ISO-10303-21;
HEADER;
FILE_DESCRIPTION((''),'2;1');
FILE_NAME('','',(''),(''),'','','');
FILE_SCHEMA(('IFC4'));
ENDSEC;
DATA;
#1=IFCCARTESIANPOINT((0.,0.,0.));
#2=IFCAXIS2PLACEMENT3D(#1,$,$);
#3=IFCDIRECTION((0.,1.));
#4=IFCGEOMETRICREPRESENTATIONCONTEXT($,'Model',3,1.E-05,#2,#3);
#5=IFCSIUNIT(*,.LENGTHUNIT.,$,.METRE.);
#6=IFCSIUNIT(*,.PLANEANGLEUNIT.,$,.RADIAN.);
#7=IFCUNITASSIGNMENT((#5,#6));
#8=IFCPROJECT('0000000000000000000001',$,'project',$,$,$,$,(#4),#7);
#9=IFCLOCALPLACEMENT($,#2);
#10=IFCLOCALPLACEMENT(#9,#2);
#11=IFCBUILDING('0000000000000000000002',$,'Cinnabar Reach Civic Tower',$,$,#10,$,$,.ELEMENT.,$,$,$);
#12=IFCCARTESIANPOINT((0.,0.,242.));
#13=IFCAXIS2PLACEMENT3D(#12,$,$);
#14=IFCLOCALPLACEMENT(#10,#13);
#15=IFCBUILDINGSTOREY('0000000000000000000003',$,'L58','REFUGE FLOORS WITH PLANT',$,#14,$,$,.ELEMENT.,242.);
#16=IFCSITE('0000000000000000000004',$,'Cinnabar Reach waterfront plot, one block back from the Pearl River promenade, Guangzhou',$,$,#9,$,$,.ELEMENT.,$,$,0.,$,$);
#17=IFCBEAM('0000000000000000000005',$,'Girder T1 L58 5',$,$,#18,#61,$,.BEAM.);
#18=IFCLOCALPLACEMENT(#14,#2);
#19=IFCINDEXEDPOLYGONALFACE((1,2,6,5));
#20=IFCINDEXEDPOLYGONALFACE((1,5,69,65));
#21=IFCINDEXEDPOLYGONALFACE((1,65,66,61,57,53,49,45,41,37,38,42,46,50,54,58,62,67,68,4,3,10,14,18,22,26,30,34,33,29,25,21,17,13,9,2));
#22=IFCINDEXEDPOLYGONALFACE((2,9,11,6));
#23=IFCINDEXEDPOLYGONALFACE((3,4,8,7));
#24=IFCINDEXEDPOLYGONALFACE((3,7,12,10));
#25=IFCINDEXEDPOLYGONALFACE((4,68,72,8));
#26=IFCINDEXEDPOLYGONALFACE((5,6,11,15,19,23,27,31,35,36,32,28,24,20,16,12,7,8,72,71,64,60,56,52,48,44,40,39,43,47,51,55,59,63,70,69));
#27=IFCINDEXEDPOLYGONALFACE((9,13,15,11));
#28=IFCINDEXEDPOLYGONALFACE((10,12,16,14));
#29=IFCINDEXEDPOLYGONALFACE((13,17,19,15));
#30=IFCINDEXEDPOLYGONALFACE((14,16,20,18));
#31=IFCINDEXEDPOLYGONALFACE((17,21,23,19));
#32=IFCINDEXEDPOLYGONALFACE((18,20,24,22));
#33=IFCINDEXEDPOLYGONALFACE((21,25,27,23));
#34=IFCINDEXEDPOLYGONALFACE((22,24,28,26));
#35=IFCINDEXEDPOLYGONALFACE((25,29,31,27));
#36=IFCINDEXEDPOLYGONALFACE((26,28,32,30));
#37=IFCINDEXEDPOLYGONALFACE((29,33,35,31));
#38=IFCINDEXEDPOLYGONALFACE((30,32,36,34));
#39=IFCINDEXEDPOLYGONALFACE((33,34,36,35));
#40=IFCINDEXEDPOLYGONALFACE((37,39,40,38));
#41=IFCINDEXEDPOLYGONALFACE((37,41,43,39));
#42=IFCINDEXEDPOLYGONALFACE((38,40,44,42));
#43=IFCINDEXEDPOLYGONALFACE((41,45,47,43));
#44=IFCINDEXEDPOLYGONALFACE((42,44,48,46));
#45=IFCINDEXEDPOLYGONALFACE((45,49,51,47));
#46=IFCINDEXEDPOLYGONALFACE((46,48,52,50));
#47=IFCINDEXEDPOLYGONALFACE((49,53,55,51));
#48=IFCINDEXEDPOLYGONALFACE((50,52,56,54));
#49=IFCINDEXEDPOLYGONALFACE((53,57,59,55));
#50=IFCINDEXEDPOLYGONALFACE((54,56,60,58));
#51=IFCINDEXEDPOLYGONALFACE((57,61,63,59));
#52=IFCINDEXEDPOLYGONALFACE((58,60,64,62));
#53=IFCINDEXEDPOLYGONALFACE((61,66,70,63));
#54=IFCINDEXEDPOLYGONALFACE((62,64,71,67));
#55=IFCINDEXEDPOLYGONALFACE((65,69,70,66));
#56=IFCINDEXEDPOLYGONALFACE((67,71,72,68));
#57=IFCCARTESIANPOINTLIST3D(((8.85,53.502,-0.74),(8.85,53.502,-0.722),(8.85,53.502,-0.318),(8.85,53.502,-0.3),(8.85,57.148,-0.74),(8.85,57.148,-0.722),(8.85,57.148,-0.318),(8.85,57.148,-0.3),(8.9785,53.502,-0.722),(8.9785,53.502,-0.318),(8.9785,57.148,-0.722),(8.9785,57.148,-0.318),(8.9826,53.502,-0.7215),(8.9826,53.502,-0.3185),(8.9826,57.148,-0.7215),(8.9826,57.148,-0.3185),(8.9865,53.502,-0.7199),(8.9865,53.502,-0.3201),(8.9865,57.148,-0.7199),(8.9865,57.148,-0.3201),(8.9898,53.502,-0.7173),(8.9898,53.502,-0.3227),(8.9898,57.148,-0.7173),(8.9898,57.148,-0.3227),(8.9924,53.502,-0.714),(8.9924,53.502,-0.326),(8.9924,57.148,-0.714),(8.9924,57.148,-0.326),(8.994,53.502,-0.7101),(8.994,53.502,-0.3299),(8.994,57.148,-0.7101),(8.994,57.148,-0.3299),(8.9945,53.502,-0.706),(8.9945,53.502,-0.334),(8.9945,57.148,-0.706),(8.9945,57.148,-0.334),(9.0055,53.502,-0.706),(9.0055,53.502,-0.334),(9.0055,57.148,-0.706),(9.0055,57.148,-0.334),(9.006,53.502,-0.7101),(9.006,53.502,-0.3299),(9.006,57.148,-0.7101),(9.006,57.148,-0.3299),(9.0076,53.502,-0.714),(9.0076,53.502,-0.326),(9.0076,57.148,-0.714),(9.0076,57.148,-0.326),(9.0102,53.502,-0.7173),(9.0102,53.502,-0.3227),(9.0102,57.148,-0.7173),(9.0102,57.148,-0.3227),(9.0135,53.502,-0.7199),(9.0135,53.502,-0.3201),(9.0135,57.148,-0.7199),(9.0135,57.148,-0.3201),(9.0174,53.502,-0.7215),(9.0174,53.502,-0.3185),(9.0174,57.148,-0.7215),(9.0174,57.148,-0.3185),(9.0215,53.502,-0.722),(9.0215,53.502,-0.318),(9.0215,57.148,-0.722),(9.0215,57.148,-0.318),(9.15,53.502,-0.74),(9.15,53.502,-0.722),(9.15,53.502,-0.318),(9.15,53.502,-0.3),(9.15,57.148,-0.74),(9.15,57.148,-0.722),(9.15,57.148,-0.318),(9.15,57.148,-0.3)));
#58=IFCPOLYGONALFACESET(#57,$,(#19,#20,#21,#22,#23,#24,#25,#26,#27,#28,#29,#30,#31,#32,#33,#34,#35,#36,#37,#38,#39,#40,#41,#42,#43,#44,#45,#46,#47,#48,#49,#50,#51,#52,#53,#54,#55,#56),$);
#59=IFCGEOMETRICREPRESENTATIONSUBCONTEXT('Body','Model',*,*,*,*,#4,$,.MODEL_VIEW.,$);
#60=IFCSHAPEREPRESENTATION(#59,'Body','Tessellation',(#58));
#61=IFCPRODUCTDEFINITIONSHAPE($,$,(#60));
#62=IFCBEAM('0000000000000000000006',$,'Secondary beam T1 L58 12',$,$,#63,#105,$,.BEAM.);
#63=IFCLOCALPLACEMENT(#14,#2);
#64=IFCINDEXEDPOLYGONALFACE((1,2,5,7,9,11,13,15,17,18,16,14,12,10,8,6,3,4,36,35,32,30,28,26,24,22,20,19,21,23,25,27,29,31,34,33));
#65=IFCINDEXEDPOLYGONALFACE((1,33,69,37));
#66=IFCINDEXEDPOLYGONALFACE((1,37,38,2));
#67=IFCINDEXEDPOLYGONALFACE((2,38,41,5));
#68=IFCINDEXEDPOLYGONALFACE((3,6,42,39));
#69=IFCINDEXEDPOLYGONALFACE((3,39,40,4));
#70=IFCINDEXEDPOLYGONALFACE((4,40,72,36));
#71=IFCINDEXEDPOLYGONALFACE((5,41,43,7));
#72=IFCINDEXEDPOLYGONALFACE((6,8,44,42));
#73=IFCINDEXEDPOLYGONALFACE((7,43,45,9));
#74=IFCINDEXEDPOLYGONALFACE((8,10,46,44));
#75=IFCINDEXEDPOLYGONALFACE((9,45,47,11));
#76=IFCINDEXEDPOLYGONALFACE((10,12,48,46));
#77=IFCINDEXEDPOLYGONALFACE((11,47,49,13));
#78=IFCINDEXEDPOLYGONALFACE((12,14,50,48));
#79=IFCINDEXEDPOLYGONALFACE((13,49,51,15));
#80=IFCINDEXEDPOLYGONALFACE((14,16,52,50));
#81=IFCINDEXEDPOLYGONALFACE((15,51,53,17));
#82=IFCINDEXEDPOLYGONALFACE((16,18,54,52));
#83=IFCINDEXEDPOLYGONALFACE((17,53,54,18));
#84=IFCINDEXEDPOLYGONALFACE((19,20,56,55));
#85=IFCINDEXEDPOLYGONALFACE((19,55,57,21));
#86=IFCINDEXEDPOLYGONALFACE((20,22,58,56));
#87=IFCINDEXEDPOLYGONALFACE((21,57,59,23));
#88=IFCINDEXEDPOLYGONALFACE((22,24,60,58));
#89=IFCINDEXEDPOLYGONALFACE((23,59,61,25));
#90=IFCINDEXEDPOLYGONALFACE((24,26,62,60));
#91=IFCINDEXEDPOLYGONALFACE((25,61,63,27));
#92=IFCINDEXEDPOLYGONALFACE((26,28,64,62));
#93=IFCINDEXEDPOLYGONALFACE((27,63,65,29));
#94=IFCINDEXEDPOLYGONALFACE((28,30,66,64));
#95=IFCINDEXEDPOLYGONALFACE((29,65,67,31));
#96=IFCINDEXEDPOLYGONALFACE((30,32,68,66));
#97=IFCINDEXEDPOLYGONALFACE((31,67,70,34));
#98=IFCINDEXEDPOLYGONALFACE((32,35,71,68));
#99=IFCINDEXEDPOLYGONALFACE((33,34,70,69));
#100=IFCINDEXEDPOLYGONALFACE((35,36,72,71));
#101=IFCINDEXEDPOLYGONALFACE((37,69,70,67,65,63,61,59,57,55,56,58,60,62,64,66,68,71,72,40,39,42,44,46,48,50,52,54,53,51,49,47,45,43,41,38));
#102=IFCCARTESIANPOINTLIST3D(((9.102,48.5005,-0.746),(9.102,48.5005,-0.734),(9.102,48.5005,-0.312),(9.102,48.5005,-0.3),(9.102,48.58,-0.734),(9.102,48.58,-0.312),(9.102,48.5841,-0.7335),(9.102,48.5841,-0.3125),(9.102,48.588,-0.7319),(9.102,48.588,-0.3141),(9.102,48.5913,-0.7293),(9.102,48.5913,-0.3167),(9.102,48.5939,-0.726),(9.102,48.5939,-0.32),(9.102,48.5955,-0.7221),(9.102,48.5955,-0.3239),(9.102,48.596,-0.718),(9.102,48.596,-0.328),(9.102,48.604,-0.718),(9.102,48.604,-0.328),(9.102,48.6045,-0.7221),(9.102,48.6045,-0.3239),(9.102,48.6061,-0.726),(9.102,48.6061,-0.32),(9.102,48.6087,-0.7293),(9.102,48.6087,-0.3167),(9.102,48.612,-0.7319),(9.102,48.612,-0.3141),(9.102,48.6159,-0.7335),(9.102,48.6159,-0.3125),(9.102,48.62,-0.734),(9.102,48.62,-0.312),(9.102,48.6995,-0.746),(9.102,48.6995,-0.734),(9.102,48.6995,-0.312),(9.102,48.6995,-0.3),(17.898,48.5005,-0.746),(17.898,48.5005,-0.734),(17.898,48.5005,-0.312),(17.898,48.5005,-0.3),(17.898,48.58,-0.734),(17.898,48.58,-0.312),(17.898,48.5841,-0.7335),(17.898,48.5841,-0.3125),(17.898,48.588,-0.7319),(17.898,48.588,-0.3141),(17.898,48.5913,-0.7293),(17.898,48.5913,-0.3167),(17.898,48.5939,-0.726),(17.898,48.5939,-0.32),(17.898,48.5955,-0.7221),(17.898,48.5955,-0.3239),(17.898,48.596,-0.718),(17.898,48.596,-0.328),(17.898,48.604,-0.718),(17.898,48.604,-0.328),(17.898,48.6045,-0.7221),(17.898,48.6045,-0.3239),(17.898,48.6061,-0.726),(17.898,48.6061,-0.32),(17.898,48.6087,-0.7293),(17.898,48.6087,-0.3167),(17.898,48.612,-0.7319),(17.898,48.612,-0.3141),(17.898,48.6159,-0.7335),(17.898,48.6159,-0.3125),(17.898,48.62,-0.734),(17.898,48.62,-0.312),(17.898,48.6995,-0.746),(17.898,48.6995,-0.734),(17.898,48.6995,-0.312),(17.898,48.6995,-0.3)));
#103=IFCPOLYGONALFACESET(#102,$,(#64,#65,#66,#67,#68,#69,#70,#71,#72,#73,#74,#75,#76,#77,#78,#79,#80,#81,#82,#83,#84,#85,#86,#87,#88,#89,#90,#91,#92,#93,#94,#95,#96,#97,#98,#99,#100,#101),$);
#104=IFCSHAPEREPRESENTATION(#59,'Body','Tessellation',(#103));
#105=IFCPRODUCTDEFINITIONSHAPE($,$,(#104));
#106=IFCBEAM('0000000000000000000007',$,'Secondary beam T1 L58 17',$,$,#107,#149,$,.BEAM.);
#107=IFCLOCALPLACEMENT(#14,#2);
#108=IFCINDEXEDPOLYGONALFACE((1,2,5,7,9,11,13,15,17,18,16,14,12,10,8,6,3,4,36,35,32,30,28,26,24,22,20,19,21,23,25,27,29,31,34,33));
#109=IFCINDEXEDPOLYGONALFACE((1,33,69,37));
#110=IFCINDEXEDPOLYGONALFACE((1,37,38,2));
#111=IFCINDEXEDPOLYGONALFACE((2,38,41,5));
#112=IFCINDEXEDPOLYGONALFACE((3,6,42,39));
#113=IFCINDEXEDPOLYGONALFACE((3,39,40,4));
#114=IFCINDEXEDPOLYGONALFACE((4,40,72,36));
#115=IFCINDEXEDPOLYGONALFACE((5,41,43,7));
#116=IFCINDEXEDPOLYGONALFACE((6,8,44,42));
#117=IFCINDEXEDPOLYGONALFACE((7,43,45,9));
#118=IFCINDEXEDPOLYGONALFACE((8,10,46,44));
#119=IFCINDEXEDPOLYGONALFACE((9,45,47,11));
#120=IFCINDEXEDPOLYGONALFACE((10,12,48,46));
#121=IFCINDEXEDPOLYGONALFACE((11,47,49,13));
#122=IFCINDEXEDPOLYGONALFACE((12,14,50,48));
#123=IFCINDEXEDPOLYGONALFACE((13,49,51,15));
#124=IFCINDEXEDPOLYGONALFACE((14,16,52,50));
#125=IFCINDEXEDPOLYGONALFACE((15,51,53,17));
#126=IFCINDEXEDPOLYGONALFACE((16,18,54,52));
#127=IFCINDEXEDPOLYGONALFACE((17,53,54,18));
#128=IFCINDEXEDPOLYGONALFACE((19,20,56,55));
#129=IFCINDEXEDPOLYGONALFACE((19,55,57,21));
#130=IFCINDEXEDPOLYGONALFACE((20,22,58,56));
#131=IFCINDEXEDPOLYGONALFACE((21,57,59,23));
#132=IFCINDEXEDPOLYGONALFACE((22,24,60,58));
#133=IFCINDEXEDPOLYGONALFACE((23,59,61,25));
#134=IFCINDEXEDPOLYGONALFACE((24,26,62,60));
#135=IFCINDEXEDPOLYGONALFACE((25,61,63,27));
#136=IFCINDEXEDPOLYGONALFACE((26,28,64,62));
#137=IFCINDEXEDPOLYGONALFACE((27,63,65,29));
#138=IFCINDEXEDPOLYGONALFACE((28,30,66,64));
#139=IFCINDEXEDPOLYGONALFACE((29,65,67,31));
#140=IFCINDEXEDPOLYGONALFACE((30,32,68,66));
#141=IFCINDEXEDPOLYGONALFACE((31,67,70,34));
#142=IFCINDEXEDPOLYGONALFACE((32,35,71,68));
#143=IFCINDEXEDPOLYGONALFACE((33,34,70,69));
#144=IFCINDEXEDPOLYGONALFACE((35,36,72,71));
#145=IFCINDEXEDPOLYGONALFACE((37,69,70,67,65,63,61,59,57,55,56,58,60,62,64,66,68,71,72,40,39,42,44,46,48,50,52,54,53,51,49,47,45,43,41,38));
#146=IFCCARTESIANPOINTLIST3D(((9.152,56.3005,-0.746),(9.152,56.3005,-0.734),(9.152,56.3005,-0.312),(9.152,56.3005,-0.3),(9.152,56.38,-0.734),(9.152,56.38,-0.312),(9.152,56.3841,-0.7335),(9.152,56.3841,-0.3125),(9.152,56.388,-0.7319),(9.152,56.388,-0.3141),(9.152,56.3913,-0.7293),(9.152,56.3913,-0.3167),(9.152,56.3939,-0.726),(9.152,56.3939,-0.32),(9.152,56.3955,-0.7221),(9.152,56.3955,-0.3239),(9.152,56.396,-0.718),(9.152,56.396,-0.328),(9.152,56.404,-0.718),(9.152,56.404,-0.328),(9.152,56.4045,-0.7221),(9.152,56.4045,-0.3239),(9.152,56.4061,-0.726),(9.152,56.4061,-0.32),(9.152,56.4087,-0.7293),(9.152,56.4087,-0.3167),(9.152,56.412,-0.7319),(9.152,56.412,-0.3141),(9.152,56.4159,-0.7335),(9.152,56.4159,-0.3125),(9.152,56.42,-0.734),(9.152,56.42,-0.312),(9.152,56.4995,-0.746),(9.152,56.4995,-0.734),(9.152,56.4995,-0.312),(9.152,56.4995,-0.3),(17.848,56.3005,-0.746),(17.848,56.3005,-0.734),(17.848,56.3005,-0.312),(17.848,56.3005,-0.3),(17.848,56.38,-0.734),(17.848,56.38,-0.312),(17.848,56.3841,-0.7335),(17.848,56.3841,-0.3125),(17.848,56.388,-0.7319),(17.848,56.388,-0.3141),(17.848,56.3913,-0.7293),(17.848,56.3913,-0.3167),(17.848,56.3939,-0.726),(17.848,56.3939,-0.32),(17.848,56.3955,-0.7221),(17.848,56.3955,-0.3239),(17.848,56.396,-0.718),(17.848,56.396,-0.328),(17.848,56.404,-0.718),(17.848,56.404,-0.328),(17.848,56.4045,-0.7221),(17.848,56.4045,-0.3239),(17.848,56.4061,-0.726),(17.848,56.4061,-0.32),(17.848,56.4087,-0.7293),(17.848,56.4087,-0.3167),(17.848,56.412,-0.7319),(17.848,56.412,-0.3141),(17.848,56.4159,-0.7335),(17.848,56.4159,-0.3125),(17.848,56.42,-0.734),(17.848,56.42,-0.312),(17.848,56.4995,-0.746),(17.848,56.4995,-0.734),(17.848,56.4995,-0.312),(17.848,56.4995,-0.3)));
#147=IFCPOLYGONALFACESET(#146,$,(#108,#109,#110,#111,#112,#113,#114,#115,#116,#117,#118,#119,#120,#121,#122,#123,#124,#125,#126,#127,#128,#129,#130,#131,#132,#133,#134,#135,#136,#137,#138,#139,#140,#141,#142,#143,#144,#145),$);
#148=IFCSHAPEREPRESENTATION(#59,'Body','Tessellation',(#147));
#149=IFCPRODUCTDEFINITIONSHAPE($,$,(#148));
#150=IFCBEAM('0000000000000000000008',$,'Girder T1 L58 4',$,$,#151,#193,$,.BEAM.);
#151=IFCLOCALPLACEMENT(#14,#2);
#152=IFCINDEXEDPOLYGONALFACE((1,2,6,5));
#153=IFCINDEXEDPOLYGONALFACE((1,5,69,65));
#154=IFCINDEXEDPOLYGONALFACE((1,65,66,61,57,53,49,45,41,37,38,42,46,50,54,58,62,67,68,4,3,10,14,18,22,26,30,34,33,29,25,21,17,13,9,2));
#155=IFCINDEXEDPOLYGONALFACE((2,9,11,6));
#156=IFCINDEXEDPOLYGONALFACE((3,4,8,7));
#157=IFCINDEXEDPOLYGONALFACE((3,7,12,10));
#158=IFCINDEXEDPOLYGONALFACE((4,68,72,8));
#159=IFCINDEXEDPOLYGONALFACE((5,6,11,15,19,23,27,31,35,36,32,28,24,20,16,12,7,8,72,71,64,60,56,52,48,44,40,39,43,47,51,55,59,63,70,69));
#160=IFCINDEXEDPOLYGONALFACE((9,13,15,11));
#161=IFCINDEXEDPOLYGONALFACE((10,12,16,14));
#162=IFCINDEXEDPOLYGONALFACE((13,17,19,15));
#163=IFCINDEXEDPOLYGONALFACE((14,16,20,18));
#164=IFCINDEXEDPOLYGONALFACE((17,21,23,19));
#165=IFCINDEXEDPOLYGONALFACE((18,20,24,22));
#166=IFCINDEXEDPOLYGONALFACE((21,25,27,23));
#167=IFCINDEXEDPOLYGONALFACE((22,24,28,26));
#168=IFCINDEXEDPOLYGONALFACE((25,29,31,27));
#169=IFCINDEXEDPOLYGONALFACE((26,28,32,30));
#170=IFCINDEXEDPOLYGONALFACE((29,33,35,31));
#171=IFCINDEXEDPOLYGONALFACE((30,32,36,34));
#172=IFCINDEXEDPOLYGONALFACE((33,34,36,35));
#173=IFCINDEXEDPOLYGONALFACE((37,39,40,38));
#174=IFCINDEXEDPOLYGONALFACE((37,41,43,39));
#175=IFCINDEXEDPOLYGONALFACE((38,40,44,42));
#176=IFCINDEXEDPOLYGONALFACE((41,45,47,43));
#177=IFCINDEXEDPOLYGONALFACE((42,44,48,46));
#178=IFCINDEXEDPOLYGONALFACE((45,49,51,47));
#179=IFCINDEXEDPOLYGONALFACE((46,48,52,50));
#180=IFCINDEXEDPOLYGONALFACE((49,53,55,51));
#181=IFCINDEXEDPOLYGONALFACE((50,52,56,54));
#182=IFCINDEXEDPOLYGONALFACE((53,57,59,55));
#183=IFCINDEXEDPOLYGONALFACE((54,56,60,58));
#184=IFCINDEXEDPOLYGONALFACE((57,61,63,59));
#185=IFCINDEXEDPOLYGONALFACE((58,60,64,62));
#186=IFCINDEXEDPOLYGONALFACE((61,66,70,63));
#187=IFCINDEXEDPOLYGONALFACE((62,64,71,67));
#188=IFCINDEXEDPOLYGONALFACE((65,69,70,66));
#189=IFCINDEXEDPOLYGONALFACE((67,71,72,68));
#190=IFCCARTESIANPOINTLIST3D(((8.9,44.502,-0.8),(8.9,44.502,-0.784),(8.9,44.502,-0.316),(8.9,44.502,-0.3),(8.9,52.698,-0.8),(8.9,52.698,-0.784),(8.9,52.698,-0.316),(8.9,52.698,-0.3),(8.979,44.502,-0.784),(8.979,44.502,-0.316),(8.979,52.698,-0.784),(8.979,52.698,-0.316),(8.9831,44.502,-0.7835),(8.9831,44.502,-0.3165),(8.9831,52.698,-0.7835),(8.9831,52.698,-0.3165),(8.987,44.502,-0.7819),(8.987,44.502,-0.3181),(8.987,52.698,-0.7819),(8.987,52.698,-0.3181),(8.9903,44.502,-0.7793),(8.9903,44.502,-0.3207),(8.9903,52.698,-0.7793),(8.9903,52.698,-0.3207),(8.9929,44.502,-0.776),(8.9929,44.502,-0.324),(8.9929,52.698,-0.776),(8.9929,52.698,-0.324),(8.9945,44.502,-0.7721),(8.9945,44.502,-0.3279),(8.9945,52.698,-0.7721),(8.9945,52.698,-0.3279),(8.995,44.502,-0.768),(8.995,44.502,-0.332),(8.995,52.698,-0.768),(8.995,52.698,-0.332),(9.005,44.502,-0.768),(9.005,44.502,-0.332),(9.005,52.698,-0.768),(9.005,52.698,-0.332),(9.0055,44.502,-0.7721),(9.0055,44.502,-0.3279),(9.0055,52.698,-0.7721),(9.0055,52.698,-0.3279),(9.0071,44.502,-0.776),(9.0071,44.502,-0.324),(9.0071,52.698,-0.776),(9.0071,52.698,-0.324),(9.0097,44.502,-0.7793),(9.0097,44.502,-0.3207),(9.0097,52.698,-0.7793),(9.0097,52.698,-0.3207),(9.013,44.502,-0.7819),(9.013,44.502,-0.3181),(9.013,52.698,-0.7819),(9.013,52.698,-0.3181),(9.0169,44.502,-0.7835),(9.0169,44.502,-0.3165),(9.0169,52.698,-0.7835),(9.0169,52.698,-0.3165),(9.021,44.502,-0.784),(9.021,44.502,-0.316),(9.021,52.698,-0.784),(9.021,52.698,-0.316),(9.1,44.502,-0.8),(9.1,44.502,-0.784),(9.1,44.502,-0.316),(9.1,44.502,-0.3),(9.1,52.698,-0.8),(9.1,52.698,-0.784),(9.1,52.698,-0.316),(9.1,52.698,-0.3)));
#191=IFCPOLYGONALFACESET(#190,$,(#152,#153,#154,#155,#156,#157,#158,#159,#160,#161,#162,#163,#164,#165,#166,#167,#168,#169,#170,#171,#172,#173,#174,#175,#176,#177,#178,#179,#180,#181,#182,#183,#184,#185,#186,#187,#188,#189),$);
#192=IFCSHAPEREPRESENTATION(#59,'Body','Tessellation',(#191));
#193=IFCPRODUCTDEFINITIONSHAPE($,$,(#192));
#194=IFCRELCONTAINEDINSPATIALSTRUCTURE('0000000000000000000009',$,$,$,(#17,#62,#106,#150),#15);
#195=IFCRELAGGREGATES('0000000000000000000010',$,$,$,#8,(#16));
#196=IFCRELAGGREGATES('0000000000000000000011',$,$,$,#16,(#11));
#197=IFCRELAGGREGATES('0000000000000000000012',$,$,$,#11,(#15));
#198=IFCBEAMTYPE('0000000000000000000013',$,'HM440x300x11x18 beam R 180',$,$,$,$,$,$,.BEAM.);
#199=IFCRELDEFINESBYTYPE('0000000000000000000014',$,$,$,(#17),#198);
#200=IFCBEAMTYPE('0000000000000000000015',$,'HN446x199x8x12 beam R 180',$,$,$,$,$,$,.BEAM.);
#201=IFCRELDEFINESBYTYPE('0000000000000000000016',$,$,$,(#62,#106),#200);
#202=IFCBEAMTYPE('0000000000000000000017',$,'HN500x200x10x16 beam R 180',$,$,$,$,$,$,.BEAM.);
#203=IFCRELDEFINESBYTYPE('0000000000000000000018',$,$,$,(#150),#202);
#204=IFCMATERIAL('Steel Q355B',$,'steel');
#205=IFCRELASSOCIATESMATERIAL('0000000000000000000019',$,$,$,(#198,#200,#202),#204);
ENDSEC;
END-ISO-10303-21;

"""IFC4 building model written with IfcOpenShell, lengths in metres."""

from ifc_helpers import new_model, si_unit, direction, frame, origin, origin_2d, place, context, subcontext, project, spatial, i_section, extrude, material, material_profile, profile_set, type_object, element, save


model = new_model("IFC4")

# Units and contexts
model_context = context("Model", 3, precision=1e-05, world=origin(), true_north=direction((0.0, 1.0)))
body_context = subcontext(model_context, "Body", "Model", "MODEL_VIEW")
ifc_project = project(units=[si_unit("LENGTHUNIT", "METRE"), si_unit("PLANEANGLEUNIT", "RADIAN")], contexts=[model_context])

# Site, building, storey
site_placement = place(None, origin())
site = spatial("IfcSite", under=ifc_project, at=site_placement, Name="Cinnabar Reach waterfront plot, one block back from the Pearl River promenade, Guangzhou", CompositionType="ELEMENT", RefElevation=0.0)
building_placement = place(site_placement, origin())
building = spatial("IfcBuilding", under=site, at=building_placement, Name="Cinnabar Reach Civic Tower", CompositionType="ELEMENT")
storey_placement = place(building_placement, frame((0.0, 0.0, 242.0)))
storey = spatial("IfcBuildingStorey", under=building, at=storey_placement, Name="L58", Description="REFUGE FLOORS WITH PLANT", CompositionType="ELEMENT", Elevation=242.0)

# Beams
ifc_material_1 = material(Name="Steel Q355B", Category="steel")
ifc_material_profile_1 = material_profile(ifc_material_1, i_section(OverallWidth=0.3, OverallDepth=0.44, WebThickness=0.011, FlangeThickness=0.018, FilletRadius=0.016, at=origin_2d()), Name="HM440x300x11x18")
ifc_profile_set_1 = profile_set([ifc_material_profile_1], Name="Steel Q355B")
beam_type_1 = type_object("IfcBeamType", Name="HM440x300x11x18 beam R 180", PredefinedType="BEAM", material=ifc_profile_set_1)
beam_1_placement = place(storey_placement, frame((9.0, 53.502, -0.52), z_axis=(0.0, 1.0, 0.0), x_axis=(-1.0, 0.0, 0.0)))
element("IfcBeam", 1, at=beam_1_placement, inside=storey, type_object=beam_type_1, Name="Girder T1 L58 5", PredefinedType="BEAM", context=body_context, shape_type="SweptSolid", body=[
    extrude(i_section(OverallWidth=0.3, OverallDepth=0.44, WebThickness=0.011, FlangeThickness=0.018, FilletRadius=0.016, at=origin_2d()), origin(), (0.0, 0.0, 1.0), 3.646),
])
ifc_material_profile_2 = material_profile(ifc_material_1, i_section(OverallWidth=0.199, OverallDepth=0.446, WebThickness=0.008, FlangeThickness=0.012, FilletRadius=0.016, at=origin_2d()), Name="HN446x199x8x12")
ifc_profile_set_2 = profile_set([ifc_material_profile_2], Name="Steel Q355B")
beam_type_2 = type_object("IfcBeamType", Name="HN446x199x8x12 beam R 180", PredefinedType="BEAM", material=ifc_profile_set_2)
beam_2_placement = place(storey_placement, frame((9.102, 48.6, -0.523), z_axis=(1.0, 0.0, 0.0), x_axis=(0.0, 1.0, 0.0)))
element("IfcBeam", 2, at=beam_2_placement, inside=storey, type_object=beam_type_2, Name="Secondary beam T1 L58 12", PredefinedType="BEAM", context=body_context, shape_type="SweptSolid", body=[
    extrude(i_section(OverallWidth=0.199, OverallDepth=0.446, WebThickness=0.008, FlangeThickness=0.012, FilletRadius=0.016, at=origin_2d()), origin(), (0.0, 0.0, 1.0), 8.796),
])
beam_3_placement = place(storey_placement, frame((9.152, 56.4, -0.523), z_axis=(1.0, 0.0, 0.0), x_axis=(0.0, 1.0, 0.0)))
element("IfcBeam", 3, at=beam_3_placement, inside=storey, type_object=beam_type_2, Name="Secondary beam T1 L58 17", PredefinedType="BEAM", context=body_context, shape_type="SweptSolid", body=[
    extrude(i_section(OverallWidth=0.199, OverallDepth=0.446, WebThickness=0.008, FlangeThickness=0.012, FilletRadius=0.016, at=origin_2d()), origin(), (0.0, 0.0, 1.0), 8.696),
])
ifc_material_profile_3 = material_profile(ifc_material_1, i_section(OverallWidth=0.2, OverallDepth=0.5, WebThickness=0.01, FlangeThickness=0.016, FilletRadius=0.016, at=origin_2d()), Name="HN500x200x10x16")
ifc_profile_set_3 = profile_set([ifc_material_profile_3], Name="Steel Q355B")
beam_type_3 = type_object("IfcBeamType", Name="HN500x200x10x16 beam R 180", PredefinedType="BEAM", material=ifc_profile_set_3)
beam_4_placement = place(storey_placement, frame((9.0, 44.502, -0.55), z_axis=(0.0, 1.0, 0.0), x_axis=(-1.0, 0.0, 0.0)))
element("IfcBeam", 4, at=beam_4_placement, inside=storey, type_object=beam_type_3, Name="Girder T1 L58 4", PredefinedType="BEAM", context=body_context, shape_type="SweptSolid", body=[
    extrude(i_section(OverallWidth=0.2, OverallDepth=0.5, WebThickness=0.01, FlangeThickness=0.016, FilletRadius=0.016, at=origin_2d()), origin(), (0.0, 0.0, 1.0), 8.196),
])

save(model, "model.ifc")
